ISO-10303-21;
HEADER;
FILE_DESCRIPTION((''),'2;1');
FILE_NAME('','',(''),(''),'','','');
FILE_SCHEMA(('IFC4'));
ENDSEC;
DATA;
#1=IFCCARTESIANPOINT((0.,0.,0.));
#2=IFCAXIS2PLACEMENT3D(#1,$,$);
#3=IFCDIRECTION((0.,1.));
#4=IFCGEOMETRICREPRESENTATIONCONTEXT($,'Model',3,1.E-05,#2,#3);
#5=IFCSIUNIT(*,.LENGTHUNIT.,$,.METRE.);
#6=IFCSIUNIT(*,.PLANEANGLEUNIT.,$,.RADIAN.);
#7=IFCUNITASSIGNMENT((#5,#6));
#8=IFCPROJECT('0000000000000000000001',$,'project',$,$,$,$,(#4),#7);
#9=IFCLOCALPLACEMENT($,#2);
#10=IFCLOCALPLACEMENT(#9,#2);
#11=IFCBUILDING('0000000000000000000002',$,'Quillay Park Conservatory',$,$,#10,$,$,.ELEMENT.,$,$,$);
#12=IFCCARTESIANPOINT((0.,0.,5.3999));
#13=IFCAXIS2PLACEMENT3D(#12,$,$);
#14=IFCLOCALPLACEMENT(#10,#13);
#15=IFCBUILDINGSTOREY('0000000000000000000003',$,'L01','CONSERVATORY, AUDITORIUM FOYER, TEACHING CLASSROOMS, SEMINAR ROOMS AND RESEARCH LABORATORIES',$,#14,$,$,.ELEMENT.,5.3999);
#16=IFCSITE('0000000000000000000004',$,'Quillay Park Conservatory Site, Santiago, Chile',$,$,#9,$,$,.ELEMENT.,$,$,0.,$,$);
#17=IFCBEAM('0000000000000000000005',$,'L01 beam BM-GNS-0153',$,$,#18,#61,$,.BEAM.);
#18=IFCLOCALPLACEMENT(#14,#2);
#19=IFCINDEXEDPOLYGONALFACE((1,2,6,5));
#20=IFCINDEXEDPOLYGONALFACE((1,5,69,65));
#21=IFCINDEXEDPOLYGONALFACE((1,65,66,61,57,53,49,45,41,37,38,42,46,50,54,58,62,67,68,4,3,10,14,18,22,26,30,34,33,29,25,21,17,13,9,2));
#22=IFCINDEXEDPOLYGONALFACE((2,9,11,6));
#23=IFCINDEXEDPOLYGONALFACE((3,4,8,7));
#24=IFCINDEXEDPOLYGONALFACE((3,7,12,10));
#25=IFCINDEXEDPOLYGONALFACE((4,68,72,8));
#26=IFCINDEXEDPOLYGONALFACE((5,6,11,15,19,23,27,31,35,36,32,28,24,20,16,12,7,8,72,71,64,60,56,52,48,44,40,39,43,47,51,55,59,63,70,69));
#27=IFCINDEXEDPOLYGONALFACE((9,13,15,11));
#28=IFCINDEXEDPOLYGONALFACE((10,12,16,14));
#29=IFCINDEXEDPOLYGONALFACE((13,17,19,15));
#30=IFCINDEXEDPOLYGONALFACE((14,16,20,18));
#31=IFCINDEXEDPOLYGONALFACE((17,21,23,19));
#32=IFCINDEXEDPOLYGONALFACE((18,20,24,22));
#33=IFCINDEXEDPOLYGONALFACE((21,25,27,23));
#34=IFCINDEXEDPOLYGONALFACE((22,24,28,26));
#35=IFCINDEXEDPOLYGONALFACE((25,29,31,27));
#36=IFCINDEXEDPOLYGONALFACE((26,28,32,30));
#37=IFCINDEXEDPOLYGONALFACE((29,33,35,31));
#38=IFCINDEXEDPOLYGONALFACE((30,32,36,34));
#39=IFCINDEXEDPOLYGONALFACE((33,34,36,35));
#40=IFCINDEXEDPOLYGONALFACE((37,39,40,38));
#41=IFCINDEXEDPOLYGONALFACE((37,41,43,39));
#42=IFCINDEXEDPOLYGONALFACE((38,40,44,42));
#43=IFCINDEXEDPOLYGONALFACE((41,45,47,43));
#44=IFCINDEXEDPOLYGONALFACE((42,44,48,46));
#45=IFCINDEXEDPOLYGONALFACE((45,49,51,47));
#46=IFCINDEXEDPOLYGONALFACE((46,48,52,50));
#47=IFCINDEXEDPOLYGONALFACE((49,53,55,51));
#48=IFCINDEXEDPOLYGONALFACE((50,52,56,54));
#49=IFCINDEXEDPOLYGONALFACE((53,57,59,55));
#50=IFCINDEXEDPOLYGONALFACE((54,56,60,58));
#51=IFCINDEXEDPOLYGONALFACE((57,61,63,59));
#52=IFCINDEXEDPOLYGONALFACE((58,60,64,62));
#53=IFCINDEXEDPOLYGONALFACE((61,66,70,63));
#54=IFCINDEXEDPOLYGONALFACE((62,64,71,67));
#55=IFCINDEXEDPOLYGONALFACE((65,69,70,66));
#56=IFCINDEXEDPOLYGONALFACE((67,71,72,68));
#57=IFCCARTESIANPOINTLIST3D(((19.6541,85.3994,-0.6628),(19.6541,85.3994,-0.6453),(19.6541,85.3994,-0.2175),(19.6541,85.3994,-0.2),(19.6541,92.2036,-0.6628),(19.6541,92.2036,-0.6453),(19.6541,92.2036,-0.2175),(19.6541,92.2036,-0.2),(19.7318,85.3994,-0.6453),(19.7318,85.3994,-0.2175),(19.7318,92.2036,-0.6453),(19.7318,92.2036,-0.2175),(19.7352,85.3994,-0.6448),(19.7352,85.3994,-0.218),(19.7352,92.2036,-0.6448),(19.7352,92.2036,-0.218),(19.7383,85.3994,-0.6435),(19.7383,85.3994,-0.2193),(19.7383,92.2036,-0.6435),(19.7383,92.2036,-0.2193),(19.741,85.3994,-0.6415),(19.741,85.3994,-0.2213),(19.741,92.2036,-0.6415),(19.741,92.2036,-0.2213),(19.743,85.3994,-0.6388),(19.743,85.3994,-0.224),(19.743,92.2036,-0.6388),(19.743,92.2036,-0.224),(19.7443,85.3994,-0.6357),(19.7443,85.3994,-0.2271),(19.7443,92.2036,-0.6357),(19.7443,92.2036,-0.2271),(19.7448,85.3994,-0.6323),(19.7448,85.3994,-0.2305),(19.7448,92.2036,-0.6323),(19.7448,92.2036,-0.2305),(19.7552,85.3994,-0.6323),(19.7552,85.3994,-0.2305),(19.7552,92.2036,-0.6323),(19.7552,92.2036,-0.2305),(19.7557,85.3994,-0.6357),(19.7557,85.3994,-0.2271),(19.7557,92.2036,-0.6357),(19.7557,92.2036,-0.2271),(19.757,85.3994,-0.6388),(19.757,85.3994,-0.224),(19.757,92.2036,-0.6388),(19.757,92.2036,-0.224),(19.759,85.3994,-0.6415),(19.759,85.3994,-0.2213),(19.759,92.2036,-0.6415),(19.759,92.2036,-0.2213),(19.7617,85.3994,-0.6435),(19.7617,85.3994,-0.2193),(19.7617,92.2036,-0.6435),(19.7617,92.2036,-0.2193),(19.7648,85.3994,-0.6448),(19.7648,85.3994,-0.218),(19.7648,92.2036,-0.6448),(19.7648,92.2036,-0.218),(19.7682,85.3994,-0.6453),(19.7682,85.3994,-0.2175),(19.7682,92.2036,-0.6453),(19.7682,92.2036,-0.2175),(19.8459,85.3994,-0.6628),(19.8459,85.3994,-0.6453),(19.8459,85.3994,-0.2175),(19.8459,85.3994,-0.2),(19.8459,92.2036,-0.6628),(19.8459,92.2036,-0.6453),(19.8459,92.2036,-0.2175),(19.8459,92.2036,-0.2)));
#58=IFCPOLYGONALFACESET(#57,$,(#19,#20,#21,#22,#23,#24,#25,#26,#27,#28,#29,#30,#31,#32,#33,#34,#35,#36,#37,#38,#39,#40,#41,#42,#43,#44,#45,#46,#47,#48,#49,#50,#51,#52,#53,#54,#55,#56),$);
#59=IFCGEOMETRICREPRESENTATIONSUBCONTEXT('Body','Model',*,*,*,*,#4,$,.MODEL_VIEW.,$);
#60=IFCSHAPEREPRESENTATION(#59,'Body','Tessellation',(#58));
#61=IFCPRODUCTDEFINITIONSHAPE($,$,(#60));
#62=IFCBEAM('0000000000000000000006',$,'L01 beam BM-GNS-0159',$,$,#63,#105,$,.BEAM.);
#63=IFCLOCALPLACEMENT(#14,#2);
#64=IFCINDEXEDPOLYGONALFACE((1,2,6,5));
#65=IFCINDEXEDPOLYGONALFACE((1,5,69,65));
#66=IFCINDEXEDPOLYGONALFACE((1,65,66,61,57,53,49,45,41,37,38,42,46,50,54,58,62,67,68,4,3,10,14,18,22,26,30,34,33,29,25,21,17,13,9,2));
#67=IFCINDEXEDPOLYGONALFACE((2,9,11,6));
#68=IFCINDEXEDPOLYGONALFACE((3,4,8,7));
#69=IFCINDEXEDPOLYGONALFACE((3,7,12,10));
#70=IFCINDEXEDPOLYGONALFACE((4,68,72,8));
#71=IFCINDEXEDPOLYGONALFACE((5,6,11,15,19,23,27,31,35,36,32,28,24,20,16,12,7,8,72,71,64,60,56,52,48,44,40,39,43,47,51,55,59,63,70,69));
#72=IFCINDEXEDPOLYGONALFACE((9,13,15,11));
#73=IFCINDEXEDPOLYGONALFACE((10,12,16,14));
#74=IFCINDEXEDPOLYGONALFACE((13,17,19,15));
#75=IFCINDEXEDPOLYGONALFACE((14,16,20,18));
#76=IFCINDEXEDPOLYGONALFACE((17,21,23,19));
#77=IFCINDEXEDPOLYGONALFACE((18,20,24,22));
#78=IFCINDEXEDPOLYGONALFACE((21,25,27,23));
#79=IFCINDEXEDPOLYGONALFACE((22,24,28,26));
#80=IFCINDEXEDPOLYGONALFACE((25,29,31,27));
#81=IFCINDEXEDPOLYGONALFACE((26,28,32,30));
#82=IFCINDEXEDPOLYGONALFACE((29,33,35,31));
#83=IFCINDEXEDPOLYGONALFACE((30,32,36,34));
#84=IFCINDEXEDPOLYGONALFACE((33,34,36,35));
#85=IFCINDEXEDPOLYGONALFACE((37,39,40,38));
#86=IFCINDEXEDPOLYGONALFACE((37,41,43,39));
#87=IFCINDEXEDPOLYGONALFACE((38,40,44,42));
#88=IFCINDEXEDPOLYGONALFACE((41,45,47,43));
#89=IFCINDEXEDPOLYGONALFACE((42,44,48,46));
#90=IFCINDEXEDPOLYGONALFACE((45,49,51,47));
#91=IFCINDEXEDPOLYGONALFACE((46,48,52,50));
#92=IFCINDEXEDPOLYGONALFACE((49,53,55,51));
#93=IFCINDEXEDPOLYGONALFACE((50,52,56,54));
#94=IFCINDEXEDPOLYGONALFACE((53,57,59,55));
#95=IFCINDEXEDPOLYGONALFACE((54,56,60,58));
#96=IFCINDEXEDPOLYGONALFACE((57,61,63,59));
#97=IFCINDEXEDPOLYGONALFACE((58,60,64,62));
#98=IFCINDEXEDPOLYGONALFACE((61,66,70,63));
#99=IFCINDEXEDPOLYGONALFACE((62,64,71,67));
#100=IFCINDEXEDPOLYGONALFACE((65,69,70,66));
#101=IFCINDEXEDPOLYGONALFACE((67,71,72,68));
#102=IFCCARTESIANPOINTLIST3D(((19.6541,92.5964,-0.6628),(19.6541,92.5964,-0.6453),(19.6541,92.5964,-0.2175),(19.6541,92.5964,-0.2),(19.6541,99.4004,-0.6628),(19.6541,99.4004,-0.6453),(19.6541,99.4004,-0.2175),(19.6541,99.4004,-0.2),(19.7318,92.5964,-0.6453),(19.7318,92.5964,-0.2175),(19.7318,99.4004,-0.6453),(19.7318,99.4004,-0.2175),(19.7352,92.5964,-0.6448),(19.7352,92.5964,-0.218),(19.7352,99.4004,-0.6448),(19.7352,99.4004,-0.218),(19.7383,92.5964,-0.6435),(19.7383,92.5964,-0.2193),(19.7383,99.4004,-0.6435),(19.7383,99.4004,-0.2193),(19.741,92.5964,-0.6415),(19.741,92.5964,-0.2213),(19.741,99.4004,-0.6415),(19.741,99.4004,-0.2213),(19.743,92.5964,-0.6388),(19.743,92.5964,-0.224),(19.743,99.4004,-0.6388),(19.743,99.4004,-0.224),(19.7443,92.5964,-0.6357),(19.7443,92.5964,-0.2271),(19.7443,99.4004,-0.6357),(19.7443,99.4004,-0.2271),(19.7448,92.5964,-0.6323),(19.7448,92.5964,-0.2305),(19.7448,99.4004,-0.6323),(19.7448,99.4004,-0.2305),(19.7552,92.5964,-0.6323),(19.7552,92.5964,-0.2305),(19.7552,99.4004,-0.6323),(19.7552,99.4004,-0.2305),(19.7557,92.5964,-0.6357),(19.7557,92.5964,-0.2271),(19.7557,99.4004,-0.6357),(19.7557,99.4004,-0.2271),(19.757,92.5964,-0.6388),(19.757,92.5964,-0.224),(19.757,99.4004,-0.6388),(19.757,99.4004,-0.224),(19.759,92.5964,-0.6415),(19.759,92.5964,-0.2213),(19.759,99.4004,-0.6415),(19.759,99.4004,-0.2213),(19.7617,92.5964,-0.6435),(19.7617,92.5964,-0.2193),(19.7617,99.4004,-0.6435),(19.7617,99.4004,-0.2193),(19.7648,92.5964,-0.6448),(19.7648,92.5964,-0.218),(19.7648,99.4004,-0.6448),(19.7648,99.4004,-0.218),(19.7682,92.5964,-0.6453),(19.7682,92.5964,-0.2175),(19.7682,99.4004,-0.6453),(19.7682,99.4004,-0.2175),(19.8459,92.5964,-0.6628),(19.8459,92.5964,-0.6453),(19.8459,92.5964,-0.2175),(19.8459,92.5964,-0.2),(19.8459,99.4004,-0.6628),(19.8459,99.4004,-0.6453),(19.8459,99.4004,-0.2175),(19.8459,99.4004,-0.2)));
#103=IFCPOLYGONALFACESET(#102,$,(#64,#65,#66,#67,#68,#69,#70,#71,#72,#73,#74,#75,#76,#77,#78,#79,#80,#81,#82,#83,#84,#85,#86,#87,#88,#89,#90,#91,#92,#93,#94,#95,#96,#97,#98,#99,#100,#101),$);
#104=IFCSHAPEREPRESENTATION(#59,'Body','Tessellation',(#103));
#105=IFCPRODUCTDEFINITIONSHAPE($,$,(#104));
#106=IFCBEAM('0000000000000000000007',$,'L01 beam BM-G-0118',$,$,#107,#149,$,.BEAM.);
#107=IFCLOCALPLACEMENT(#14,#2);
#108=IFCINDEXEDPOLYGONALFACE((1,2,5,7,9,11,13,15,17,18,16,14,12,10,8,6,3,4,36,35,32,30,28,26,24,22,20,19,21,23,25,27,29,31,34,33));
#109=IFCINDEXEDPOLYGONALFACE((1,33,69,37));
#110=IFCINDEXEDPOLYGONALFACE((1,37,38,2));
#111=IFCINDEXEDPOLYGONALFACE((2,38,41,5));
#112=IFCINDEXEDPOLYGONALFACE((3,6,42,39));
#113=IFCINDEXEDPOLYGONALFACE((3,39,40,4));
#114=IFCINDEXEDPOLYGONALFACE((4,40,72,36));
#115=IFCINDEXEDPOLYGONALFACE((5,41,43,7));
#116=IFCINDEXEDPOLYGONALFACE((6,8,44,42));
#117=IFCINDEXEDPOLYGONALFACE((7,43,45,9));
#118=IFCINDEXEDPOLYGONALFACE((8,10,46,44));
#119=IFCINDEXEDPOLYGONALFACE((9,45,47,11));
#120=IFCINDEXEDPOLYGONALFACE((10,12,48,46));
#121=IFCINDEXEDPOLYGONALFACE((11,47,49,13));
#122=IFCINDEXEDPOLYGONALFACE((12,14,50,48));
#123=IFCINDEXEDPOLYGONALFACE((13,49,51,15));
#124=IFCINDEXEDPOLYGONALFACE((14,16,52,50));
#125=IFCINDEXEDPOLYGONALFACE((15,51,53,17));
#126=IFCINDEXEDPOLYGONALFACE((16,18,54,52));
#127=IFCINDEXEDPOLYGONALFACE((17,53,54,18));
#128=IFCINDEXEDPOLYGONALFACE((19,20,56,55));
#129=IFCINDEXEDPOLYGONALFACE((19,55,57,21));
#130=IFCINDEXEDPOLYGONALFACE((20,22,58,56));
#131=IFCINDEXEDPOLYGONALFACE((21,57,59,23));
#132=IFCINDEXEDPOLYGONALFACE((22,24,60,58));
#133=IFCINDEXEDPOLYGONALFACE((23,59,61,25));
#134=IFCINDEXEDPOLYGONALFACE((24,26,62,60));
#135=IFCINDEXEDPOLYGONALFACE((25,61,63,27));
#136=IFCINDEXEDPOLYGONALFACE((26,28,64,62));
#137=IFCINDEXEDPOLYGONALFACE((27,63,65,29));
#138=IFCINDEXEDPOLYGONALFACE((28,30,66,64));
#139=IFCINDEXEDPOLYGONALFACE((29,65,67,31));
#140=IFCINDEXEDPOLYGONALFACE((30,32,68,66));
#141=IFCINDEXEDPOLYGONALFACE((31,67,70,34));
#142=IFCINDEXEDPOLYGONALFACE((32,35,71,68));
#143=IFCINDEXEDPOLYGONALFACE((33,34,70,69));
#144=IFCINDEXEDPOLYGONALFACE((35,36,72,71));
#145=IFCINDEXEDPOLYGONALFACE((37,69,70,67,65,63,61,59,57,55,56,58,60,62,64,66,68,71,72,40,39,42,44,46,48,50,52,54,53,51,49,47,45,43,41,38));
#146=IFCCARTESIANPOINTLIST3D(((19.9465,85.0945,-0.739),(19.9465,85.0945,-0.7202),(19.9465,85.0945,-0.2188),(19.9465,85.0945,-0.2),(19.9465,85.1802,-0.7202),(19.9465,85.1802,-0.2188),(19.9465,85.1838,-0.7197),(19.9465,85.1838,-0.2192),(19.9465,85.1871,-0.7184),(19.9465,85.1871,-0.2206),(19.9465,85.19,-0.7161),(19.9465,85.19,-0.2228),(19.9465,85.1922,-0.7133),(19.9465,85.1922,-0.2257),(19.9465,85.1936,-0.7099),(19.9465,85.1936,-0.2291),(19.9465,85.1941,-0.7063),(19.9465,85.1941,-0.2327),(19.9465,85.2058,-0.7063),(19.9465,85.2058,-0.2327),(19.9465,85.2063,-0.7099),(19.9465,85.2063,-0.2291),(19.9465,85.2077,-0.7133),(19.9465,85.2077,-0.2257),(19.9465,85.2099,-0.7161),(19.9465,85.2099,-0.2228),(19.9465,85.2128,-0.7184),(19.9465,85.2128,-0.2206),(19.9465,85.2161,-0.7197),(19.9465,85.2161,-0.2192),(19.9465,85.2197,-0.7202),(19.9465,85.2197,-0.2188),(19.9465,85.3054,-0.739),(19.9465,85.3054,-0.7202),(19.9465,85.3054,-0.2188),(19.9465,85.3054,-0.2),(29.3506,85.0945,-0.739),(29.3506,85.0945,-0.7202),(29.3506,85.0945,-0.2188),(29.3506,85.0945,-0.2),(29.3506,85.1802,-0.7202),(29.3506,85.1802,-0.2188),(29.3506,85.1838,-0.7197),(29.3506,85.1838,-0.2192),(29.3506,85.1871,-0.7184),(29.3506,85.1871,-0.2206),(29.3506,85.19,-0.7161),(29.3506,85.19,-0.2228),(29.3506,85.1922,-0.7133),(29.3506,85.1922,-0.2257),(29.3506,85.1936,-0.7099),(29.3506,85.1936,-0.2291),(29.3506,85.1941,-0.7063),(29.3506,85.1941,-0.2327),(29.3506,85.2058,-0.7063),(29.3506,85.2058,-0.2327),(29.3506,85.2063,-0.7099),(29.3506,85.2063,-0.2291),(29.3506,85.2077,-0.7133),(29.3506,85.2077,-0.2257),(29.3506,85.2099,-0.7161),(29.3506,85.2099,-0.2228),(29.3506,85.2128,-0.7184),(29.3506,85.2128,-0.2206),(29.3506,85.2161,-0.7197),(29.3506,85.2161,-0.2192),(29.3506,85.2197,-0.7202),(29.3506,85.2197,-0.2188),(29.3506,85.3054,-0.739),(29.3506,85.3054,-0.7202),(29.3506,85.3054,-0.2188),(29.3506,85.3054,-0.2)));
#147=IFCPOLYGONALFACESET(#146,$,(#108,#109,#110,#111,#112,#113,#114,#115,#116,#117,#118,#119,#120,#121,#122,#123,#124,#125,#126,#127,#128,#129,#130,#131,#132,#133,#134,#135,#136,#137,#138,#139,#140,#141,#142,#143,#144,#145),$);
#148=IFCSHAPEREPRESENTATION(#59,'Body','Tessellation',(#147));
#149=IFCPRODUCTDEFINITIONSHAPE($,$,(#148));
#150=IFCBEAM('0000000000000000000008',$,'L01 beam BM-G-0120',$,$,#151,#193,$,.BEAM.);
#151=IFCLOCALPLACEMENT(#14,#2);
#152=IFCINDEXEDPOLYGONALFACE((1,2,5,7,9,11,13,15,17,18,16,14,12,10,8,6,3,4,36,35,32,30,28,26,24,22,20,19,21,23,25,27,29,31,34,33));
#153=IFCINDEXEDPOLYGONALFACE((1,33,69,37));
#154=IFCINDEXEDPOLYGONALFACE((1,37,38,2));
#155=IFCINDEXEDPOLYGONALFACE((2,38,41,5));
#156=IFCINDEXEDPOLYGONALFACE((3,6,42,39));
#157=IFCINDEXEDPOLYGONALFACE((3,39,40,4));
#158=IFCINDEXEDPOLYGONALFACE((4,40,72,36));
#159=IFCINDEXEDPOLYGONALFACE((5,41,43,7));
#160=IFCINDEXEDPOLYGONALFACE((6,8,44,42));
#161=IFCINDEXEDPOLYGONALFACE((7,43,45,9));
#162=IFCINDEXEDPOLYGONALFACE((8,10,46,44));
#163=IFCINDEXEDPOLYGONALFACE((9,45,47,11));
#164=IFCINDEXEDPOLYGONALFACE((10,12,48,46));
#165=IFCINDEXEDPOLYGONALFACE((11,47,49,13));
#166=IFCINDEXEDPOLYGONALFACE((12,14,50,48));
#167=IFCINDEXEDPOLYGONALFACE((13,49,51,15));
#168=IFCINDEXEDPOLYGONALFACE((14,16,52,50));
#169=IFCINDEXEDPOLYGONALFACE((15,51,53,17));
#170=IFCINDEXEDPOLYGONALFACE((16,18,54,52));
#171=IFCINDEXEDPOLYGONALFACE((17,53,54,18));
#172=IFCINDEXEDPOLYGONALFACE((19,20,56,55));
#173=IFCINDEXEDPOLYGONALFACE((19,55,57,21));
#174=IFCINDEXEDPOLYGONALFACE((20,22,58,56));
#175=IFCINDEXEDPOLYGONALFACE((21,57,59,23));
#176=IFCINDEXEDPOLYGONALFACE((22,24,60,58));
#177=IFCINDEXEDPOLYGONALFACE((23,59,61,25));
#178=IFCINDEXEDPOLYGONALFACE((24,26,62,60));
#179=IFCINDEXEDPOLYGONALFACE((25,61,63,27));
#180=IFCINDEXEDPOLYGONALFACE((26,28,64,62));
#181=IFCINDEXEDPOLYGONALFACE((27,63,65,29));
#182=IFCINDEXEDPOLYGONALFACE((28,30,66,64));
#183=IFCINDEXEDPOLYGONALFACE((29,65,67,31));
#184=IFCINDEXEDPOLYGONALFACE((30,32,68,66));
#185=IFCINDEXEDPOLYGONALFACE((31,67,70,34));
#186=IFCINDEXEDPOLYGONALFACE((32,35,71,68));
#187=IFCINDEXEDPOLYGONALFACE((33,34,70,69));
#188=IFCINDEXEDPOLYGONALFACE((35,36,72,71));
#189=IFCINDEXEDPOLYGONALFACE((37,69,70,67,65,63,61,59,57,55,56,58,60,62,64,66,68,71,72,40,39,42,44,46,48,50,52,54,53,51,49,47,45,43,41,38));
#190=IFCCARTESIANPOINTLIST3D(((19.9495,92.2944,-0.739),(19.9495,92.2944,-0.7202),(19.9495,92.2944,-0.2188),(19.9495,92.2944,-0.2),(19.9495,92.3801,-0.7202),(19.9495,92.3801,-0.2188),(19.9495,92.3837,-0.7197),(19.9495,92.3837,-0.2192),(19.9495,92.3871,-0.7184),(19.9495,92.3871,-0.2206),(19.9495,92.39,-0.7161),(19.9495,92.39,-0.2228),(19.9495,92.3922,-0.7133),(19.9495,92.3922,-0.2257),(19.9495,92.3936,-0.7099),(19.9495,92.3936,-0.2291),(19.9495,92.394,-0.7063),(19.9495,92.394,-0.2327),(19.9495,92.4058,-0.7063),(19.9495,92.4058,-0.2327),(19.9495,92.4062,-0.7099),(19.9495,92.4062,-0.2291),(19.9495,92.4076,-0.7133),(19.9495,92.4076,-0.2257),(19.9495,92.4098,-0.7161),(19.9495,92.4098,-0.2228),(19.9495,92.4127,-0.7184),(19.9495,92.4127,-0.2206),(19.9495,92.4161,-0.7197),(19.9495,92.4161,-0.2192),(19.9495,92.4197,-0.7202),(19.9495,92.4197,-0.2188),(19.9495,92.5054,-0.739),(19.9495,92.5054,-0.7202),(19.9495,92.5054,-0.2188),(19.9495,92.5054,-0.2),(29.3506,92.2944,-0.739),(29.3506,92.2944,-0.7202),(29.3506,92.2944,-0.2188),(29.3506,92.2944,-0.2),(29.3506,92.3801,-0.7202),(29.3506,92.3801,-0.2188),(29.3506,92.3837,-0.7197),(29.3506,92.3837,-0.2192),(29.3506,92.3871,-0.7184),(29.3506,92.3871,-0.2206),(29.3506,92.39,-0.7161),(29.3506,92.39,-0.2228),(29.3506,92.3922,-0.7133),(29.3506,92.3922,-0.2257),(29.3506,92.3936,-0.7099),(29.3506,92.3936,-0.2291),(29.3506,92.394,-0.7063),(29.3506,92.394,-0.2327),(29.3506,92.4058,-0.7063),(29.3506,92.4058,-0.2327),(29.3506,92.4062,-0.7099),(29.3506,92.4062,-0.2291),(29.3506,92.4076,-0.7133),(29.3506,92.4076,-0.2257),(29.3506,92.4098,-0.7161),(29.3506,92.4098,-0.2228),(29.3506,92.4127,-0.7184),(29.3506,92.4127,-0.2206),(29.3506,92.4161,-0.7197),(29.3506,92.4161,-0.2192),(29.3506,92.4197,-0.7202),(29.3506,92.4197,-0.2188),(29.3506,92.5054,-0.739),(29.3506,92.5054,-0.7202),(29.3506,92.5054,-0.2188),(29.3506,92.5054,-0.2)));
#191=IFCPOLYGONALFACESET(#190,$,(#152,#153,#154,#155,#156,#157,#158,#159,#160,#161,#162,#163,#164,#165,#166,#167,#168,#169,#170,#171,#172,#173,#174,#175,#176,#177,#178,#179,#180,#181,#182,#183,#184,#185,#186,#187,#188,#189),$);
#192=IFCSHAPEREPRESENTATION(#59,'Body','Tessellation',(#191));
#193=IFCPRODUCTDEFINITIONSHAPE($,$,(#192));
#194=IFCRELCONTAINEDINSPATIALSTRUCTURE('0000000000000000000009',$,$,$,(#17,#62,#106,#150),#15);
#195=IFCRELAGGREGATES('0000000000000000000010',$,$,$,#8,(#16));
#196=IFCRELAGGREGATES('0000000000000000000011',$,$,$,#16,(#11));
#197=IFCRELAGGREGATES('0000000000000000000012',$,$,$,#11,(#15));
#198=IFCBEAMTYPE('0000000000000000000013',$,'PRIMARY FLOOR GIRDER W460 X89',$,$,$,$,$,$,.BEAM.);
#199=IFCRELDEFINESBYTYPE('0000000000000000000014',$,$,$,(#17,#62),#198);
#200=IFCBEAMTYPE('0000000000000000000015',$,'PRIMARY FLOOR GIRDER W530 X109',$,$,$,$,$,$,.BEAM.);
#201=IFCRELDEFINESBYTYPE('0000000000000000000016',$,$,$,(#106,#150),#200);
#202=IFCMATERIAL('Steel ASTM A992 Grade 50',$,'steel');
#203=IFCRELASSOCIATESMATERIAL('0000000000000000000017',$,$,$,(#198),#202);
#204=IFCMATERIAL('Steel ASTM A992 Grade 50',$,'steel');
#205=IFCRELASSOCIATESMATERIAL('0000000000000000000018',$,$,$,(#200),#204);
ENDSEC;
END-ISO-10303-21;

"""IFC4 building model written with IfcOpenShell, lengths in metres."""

from ifc_helpers import new_model, si_unit, direction, frame, origin, origin_2d, place, context, subcontext, project, spatial, i_section, extrude, material, material_profile, profile_set, type_object, element, save


model = new_model("IFC4")

# Units and contexts
model_context = context("Model", 3, precision=1e-05, world=origin(), true_north=direction((0.0, 1.0)))
body_context = subcontext(model_context, "Body", "Model", "MODEL_VIEW")
ifc_project = project(units=[si_unit("LENGTHUNIT", "METRE"), si_unit("PLANEANGLEUNIT", "RADIAN")], contexts=[model_context])

# Site, building, storey
site_placement = place(None, origin())
site = spatial("IfcSite", under=ifc_project, at=site_placement, Name="Quillay Park Conservatory Site, Santiago, Chile", CompositionType="ELEMENT", RefElevation=0.0)
building_placement = place(site_placement, origin())
building = spatial("IfcBuilding", under=site, at=building_placement, Name="Quillay Park Conservatory", CompositionType="ELEMENT")
storey_placement = place(building_placement, frame((0.0, 0.0, 5.3999)))
storey = spatial("IfcBuildingStorey", under=building, at=storey_placement, Name="L01", Description="CONSERVATORY, AUDITORIUM FOYER, TEACHING CLASSROOMS, SEMINAR ROOMS AND RESEARCH LABORATORIES", CompositionType="ELEMENT", Elevation=5.3999)

# Beams
ifc_material_1 = material(Name="Steel ASTM A992 Grade 50", Category="steel")
ifc_material_profile_1 = material_profile(ifc_material_1, i_section(OverallWidth=0.1919, OverallDepth=0.4629, WebThickness=0.0105, FlangeThickness=0.0176, FilletRadius=0.0129, at=origin_2d()), Name="W460x89")
ifc_profile_set_1 = profile_set([ifc_material_profile_1], Name="Steel ASTM A992 Grade 50")
beam_type_1 = type_object("IfcBeamType", Name="PRIMARY FLOOR GIRDER W460 X89", PredefinedType="BEAM", material=ifc_profile_set_1)
beam_1_placement = place(storey_placement, frame((19.75, 85.3994, -0.4314), z_axis=(0.0, 1.0, 0.0), x_axis=(-1.0, 0.0, 0.0)))
element("IfcBeam", 1, at=beam_1_placement, inside=storey, type_object=beam_type_1, Name="L01 beam BM-GNS-0153", PredefinedType="BEAM", context=body_context, shape_type="SweptSolid", body=[
    extrude(i_section(OverallWidth=0.1919, OverallDepth=0.4629, WebThickness=0.0105, FlangeThickness=0.0176, FilletRadius=0.0129, at=origin_2d()), origin(), (0.0, 0.0, 1.0), 6.8042),
])
beam_2_placement = place(storey_placement, frame((19.75, 92.5964, -0.4314), z_axis=(0.0, 1.0, 0.0), x_axis=(-1.0, 0.0, 0.0)))
element("IfcBeam", 2, at=beam_2_placement, inside=storey, type_object=beam_type_1, Name="L01 beam BM-GNS-0159", PredefinedType="BEAM", context=body_context, shape_type="SweptSolid", body=[
    extrude(i_section(OverallWidth=0.1919, OverallDepth=0.4629, WebThickness=0.0105, FlangeThickness=0.0176, FilletRadius=0.0129, at=origin_2d()), origin(), (0.0, 0.0, 1.0), 6.804),
])
ifc_material_2 = material(Name="Steel ASTM A992 Grade 50", Category="steel")
ifc_material_profile_2 = material_profile(ifc_material_2, i_section(OverallWidth=0.2109, OverallDepth=0.5391, WebThickness=0.0117, FlangeThickness=0.0188, FilletRadius=0.0139, at=origin_2d()), Name="W530x109")
ifc_profile_set_2 = profile_set([ifc_material_profile_2], Name="Steel ASTM A992 Grade 50")
beam_type_2 = type_object("IfcBeamType", Name="PRIMARY FLOOR GIRDER W530 X109", PredefinedType="BEAM", material=ifc_profile_set_2)
beam_3_placement = place(storey_placement, frame((19.9465, 85.2, -0.4695), z_axis=(1.0, 0.0, 0.0), x_axis=(0.0, 1.0, 0.0)))
element("IfcBeam", 3, at=beam_3_placement, inside=storey, type_object=beam_type_2, Name="L01 beam BM-G-0118", PredefinedType="BEAM", context=body_context, shape_type="SweptSolid", body=[
    extrude(i_section(OverallWidth=0.2109, OverallDepth=0.5391, WebThickness=0.0117, FlangeThickness=0.0188, FilletRadius=0.0139, at=origin_2d()), origin(), (0.0, 0.0, 1.0), 9.4041),
])
beam_4_placement = place(storey_placement, frame((19.9495, 92.3999, -0.4695), z_axis=(1.0, 0.0, 0.0), x_axis=(0.0, 1.0, 0.0)))
element("IfcBeam", 4, at=beam_4_placement, inside=storey, type_object=beam_type_2, Name="L01 beam BM-G-0120", PredefinedType="BEAM", context=body_context, shape_type="SweptSolid", body=[
    extrude(i_section(OverallWidth=0.2109, OverallDepth=0.5391, WebThickness=0.0117, FlangeThickness=0.0188, FilletRadius=0.0139, at=origin_2d()), origin(), (0.0, 0.0, 1.0), 9.4011),
])

save(model, "model.ifc")
